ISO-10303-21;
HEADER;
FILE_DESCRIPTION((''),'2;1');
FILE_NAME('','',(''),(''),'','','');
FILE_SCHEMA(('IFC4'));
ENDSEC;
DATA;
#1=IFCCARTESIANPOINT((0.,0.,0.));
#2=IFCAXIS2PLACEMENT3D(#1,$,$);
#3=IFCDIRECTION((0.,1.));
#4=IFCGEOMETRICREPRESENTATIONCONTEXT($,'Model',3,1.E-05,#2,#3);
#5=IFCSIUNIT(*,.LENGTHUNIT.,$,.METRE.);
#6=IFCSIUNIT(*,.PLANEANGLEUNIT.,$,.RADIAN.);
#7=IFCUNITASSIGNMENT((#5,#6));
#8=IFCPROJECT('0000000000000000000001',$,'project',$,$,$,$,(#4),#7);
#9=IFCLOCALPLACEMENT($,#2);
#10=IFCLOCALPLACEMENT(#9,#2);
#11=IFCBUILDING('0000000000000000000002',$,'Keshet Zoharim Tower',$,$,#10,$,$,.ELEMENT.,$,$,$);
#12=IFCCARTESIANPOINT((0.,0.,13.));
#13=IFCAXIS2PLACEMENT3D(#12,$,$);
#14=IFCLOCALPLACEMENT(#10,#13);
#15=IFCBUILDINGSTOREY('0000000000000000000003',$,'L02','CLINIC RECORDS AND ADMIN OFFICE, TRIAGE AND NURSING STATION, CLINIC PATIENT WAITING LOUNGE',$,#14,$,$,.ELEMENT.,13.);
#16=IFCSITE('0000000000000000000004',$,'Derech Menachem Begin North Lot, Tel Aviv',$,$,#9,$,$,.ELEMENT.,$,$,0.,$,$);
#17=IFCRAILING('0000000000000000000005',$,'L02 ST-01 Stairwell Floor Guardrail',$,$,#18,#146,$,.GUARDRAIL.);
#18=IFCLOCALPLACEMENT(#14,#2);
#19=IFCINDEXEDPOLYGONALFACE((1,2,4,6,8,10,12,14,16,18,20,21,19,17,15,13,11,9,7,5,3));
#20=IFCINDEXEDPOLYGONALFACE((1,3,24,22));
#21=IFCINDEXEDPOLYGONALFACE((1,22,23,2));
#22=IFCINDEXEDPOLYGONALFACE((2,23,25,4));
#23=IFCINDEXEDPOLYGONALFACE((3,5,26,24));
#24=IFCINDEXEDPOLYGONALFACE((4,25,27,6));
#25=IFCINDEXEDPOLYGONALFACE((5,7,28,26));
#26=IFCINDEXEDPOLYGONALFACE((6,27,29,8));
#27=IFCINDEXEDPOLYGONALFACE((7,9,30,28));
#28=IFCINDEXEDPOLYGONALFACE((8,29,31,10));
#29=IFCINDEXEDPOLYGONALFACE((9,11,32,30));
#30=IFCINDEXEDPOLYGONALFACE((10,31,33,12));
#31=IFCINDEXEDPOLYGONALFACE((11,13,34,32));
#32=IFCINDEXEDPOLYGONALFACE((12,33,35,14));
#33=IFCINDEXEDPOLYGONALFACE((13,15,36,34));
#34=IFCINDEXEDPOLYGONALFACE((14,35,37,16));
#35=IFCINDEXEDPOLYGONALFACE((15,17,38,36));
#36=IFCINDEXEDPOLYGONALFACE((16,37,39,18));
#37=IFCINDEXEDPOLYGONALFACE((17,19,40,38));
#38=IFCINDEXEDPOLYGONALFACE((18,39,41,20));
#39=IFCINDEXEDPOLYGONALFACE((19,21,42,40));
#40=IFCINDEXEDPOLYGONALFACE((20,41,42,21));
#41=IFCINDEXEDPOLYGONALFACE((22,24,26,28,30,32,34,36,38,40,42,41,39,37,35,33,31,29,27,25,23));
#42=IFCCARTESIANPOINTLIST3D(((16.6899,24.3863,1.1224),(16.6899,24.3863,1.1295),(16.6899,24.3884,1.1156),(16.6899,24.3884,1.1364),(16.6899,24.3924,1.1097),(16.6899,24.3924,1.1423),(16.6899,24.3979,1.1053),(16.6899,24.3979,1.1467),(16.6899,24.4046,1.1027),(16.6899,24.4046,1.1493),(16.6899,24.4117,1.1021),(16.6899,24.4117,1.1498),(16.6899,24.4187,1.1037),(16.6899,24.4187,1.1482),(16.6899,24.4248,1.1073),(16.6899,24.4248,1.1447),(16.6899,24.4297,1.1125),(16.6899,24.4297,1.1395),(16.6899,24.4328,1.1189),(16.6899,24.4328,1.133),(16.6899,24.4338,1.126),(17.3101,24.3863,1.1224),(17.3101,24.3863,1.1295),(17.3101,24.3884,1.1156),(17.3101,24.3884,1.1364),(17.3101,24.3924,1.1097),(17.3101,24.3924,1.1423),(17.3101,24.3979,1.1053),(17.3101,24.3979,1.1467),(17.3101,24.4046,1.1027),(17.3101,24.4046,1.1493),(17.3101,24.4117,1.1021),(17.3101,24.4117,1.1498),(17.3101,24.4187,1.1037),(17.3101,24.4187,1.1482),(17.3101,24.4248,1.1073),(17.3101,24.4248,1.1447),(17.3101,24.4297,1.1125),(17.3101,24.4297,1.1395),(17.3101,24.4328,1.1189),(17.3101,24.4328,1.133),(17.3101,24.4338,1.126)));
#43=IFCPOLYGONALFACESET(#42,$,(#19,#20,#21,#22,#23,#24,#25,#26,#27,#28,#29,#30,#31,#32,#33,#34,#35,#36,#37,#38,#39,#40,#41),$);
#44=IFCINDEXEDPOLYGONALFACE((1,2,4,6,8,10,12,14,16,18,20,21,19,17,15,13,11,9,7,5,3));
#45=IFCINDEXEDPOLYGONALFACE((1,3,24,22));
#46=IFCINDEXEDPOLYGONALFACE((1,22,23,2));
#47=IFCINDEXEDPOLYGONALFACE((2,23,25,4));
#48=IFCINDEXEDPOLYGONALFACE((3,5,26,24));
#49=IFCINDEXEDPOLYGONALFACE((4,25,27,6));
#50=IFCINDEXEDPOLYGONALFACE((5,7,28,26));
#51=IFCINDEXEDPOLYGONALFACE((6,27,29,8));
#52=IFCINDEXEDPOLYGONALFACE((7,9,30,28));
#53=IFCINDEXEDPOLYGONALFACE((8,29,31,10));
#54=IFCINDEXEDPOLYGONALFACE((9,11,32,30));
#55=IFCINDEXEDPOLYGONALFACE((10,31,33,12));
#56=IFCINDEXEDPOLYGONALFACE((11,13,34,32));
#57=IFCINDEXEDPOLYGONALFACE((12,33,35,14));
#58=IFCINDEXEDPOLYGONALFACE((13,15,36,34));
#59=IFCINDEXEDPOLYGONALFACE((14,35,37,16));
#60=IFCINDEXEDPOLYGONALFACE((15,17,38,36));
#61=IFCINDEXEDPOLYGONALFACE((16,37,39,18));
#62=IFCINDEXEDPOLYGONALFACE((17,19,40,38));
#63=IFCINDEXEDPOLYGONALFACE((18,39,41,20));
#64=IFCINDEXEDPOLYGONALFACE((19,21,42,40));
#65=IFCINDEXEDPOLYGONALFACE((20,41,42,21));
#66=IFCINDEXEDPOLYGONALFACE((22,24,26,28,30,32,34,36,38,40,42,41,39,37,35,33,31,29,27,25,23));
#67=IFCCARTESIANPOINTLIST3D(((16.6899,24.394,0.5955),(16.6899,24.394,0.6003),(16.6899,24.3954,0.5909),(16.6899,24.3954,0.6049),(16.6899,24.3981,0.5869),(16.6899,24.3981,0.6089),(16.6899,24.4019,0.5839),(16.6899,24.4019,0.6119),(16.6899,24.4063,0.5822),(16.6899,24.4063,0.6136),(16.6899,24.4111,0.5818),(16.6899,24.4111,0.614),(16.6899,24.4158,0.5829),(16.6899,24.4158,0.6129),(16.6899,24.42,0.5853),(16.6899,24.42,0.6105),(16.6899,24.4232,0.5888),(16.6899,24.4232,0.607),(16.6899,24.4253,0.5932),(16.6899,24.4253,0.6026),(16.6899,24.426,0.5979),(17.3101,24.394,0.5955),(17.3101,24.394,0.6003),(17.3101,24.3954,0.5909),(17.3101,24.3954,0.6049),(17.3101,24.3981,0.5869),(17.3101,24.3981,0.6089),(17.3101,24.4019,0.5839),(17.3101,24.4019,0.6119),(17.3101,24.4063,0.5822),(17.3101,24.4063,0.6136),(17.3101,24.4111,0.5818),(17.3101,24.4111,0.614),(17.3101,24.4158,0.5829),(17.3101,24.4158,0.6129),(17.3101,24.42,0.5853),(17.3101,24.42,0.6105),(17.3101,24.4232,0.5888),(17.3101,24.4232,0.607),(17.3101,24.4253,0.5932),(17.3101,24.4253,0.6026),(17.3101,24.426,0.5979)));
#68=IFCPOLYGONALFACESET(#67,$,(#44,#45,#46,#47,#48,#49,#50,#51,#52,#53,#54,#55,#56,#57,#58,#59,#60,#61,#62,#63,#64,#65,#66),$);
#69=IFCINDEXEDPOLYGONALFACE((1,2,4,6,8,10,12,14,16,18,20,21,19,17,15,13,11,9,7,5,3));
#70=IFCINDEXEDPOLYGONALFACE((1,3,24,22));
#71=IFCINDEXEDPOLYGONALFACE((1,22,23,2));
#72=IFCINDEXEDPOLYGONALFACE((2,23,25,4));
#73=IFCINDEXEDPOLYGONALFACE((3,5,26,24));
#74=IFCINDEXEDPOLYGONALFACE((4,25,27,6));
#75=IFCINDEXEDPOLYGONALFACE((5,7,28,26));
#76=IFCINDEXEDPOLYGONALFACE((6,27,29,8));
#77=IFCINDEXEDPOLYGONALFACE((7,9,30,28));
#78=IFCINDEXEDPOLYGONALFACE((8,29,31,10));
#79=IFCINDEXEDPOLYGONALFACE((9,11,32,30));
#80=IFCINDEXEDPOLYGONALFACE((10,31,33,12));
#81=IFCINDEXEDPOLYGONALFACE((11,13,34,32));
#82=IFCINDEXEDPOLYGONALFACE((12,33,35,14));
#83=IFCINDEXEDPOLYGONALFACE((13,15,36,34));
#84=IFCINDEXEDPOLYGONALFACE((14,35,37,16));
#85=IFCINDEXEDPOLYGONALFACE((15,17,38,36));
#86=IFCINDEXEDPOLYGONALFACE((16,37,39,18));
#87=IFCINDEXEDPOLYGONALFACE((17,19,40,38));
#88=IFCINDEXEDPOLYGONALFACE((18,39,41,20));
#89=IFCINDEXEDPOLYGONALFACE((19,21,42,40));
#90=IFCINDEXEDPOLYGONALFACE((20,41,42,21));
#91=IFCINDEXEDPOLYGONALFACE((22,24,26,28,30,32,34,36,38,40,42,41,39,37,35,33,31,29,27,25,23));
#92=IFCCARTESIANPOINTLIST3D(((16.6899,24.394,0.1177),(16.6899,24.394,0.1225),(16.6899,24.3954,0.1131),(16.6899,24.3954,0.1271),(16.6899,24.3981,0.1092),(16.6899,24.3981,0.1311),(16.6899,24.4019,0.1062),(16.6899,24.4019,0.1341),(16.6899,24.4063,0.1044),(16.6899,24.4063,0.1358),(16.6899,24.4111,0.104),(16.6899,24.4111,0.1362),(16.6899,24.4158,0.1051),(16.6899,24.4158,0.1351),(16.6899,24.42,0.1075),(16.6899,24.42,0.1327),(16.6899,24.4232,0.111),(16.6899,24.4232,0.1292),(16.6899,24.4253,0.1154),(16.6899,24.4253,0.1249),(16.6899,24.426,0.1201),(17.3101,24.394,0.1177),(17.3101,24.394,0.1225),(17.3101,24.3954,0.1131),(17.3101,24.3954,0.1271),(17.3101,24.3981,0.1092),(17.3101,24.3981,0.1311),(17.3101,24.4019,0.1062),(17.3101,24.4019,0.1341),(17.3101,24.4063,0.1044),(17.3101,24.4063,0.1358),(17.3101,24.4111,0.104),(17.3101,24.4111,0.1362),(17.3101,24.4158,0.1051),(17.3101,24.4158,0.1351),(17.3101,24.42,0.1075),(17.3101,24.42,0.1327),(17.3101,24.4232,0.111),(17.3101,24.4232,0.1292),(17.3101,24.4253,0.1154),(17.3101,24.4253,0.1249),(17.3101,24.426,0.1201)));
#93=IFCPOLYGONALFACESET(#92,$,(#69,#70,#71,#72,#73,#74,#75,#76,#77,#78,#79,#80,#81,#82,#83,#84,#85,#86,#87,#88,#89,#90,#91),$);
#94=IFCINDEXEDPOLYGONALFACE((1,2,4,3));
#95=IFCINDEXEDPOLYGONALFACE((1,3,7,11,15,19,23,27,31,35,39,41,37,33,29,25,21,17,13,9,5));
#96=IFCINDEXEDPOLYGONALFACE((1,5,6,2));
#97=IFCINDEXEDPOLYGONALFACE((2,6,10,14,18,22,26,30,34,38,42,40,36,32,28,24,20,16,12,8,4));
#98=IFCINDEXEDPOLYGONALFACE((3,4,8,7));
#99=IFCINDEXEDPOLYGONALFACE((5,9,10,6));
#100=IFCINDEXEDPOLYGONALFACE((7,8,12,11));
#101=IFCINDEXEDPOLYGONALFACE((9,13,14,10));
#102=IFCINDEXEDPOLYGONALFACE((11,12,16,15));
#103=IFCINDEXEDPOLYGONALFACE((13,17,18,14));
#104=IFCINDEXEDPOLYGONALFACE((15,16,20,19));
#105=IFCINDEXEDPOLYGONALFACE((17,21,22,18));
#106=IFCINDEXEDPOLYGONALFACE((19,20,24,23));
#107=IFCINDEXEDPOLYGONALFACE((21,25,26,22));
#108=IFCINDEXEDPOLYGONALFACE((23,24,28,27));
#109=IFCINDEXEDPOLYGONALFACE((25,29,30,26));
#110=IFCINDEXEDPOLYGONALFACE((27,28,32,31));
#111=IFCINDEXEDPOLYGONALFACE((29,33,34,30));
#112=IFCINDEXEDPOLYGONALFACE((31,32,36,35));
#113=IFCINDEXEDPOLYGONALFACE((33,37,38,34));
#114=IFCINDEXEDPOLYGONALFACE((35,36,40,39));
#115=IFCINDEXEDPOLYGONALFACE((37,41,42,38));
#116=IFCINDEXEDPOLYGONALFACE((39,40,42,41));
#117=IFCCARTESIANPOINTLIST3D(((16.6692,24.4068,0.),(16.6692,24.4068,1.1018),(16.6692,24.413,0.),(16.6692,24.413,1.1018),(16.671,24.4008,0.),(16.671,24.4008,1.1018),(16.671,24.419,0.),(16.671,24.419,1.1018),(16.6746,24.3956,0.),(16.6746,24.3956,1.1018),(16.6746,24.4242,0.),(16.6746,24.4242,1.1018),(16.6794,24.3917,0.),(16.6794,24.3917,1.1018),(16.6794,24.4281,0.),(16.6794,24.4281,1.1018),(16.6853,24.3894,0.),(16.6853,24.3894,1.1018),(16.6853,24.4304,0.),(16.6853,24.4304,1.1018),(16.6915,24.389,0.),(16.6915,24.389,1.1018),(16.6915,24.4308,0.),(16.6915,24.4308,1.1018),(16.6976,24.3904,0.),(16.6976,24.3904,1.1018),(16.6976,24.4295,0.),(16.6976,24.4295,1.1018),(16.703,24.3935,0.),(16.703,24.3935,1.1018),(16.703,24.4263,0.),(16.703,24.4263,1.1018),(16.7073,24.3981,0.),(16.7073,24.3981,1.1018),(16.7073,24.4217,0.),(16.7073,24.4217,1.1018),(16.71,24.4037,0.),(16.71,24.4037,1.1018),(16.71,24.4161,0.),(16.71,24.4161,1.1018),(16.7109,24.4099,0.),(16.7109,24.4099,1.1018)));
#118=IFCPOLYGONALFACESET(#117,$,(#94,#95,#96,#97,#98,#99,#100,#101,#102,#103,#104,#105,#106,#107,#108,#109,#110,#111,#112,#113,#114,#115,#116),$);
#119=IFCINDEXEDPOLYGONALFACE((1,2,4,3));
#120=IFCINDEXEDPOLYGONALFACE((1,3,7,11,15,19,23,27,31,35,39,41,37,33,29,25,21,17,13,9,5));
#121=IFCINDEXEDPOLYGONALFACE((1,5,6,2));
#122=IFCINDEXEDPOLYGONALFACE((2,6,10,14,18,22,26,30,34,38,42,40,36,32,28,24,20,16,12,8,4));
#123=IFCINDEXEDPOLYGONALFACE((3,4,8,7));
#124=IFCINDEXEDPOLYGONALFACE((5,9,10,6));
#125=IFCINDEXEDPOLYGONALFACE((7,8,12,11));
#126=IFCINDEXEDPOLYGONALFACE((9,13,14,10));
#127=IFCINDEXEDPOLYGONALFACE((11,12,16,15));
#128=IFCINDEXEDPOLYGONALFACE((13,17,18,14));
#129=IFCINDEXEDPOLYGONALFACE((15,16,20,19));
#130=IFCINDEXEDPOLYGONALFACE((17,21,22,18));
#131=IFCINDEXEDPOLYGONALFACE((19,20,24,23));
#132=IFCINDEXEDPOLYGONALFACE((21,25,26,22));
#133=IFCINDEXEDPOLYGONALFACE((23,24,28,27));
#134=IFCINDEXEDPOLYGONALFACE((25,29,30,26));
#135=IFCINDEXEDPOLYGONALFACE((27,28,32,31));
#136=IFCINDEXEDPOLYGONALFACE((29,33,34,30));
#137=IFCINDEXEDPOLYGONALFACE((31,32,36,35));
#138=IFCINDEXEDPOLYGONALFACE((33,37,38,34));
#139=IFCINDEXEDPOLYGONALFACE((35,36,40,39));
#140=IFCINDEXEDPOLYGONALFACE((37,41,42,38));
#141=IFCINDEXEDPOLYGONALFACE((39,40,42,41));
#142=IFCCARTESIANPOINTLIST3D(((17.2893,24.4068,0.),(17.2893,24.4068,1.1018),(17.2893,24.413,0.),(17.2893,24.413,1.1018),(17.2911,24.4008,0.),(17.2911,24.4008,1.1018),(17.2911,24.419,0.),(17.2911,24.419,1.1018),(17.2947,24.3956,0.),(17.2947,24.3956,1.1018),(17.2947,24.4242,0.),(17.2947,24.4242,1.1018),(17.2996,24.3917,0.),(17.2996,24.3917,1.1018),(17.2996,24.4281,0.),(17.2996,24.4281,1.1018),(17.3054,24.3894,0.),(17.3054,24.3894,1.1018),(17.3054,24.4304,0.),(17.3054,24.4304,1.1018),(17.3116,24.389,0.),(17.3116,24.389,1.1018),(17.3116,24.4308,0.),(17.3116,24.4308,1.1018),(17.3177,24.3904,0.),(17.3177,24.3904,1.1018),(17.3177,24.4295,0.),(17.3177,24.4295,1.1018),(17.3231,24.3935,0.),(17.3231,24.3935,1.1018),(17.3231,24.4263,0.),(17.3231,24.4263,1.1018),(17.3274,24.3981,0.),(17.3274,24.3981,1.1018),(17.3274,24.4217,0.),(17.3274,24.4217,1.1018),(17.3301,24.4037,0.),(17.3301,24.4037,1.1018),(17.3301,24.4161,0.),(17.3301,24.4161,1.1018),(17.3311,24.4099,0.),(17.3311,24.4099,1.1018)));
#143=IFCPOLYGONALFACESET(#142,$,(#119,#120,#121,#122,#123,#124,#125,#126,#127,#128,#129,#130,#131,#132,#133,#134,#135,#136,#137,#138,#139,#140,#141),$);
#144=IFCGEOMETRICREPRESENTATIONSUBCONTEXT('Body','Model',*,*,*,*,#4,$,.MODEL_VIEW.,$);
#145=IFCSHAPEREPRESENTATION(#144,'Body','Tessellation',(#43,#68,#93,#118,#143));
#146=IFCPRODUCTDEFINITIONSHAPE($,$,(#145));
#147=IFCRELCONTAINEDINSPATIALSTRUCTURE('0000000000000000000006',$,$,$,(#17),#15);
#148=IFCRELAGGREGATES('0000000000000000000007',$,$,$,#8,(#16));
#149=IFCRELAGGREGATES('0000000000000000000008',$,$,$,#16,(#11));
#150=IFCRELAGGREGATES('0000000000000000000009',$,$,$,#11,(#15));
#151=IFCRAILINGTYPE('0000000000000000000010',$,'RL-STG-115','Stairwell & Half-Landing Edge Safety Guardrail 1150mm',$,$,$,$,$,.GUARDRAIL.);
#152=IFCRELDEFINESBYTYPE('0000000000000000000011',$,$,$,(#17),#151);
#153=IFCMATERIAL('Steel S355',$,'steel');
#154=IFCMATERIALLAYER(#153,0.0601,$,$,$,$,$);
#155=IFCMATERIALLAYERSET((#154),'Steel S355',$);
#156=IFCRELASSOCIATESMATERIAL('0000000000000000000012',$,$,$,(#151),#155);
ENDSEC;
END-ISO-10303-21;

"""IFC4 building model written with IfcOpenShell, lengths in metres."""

from ifc_helpers import new_model, si_unit, direction, frame, origin, origin_2d, place, context, subcontext, project, spatial, circle, extrude, material, layer, layer_set, type_object, element, save


model = new_model("IFC4")

# Units and contexts
model_context = context("Model", 3, precision=1e-05, world=origin(), true_north=direction((0.0, 1.0)))
body_context = subcontext(model_context, "Body", "Model", "MODEL_VIEW")
ifc_project = project(units=[si_unit("LENGTHUNIT", "METRE"), si_unit("PLANEANGLEUNIT", "RADIAN")], contexts=[model_context])

# Site, building, storey
site_placement = place(None, origin())
site = spatial("IfcSite", under=ifc_project, at=site_placement, Name="Derech Menachem Begin North Lot, Tel Aviv", CompositionType="ELEMENT", RefElevation=0.0)
building_placement = place(site_placement, origin())
building = spatial("IfcBuilding", under=site, at=building_placement, Name="Keshet Zoharim Tower", CompositionType="ELEMENT")
storey_placement = place(building_placement, frame((0.0, 0.0, 13.0)))
storey = spatial("IfcBuildingStorey", under=building, at=storey_placement, Name="L02", Description="CLINIC RECORDS AND ADMIN OFFICE, TRIAGE AND NURSING STATION, CLINIC PATIENT WAITING LOUNGE", CompositionType="ELEMENT", Elevation=13.0)

# Shared definitions
ifc_material_1 = material(Name="Steel S355", Category="steel")

# Railing
ifc_layer_1 = layer(ifc_material_1, 0.0601)
ifc_layer_set_1 = layer_set([ifc_layer_1], Name="Steel S355")
railing_type_1 = type_object("IfcRailingType", Name="RL-STG-115", Description="Stairwell & Half-Landing Edge Safety Guardrail 1150mm", PredefinedType="GUARDRAIL", material=ifc_layer_set_1)
railing_1_placement = place(storey_placement, frame((16.6899, 24.4099, 0.0)))
element("IfcRailing", 1, at=railing_1_placement, inside=storey, type_object=railing_type_1, Name="L02 ST-01 Stairwell Floor Guardrail", PredefinedType="GUARDRAIL", context=body_context, shape_type="SweptSolid", body=[
    extrude(circle(Radius=0.0239, at=origin_2d()), frame((0.0, 0.0, 1.126), z_axis=(1.0, 0.0, 0.0), x_axis=(0.0, 1.0, 0.0)), (0.0, 0.0, 1.0), 0.6201),
    extrude(circle(Radius=0.0161, at=origin_2d()), frame((0.0, 0.0, 0.5979), z_axis=(1.0, 0.0, 0.0), x_axis=(0.0, 1.0, 0.0)), (0.0, 0.0, 1.0), 0.6201),
    extrude(circle(Radius=0.0161, at=origin_2d()), frame((0.0, 0.0, 0.1201), z_axis=(1.0, 0.0, 0.0), x_axis=(0.0, 1.0, 0.0)), (0.0, 0.0, 1.0), 0.6201),
    extrude(circle(Radius=0.021, at=origin_2d()), origin(), (0.0, 0.0, 1.0), 1.1018),
    extrude(circle(Radius=0.021, at=origin_2d()), frame((0.6201, 0.0, 0.0)), (0.0, 0.0, 1.0), 1.1018),
])

save(model, "model.ifc")
